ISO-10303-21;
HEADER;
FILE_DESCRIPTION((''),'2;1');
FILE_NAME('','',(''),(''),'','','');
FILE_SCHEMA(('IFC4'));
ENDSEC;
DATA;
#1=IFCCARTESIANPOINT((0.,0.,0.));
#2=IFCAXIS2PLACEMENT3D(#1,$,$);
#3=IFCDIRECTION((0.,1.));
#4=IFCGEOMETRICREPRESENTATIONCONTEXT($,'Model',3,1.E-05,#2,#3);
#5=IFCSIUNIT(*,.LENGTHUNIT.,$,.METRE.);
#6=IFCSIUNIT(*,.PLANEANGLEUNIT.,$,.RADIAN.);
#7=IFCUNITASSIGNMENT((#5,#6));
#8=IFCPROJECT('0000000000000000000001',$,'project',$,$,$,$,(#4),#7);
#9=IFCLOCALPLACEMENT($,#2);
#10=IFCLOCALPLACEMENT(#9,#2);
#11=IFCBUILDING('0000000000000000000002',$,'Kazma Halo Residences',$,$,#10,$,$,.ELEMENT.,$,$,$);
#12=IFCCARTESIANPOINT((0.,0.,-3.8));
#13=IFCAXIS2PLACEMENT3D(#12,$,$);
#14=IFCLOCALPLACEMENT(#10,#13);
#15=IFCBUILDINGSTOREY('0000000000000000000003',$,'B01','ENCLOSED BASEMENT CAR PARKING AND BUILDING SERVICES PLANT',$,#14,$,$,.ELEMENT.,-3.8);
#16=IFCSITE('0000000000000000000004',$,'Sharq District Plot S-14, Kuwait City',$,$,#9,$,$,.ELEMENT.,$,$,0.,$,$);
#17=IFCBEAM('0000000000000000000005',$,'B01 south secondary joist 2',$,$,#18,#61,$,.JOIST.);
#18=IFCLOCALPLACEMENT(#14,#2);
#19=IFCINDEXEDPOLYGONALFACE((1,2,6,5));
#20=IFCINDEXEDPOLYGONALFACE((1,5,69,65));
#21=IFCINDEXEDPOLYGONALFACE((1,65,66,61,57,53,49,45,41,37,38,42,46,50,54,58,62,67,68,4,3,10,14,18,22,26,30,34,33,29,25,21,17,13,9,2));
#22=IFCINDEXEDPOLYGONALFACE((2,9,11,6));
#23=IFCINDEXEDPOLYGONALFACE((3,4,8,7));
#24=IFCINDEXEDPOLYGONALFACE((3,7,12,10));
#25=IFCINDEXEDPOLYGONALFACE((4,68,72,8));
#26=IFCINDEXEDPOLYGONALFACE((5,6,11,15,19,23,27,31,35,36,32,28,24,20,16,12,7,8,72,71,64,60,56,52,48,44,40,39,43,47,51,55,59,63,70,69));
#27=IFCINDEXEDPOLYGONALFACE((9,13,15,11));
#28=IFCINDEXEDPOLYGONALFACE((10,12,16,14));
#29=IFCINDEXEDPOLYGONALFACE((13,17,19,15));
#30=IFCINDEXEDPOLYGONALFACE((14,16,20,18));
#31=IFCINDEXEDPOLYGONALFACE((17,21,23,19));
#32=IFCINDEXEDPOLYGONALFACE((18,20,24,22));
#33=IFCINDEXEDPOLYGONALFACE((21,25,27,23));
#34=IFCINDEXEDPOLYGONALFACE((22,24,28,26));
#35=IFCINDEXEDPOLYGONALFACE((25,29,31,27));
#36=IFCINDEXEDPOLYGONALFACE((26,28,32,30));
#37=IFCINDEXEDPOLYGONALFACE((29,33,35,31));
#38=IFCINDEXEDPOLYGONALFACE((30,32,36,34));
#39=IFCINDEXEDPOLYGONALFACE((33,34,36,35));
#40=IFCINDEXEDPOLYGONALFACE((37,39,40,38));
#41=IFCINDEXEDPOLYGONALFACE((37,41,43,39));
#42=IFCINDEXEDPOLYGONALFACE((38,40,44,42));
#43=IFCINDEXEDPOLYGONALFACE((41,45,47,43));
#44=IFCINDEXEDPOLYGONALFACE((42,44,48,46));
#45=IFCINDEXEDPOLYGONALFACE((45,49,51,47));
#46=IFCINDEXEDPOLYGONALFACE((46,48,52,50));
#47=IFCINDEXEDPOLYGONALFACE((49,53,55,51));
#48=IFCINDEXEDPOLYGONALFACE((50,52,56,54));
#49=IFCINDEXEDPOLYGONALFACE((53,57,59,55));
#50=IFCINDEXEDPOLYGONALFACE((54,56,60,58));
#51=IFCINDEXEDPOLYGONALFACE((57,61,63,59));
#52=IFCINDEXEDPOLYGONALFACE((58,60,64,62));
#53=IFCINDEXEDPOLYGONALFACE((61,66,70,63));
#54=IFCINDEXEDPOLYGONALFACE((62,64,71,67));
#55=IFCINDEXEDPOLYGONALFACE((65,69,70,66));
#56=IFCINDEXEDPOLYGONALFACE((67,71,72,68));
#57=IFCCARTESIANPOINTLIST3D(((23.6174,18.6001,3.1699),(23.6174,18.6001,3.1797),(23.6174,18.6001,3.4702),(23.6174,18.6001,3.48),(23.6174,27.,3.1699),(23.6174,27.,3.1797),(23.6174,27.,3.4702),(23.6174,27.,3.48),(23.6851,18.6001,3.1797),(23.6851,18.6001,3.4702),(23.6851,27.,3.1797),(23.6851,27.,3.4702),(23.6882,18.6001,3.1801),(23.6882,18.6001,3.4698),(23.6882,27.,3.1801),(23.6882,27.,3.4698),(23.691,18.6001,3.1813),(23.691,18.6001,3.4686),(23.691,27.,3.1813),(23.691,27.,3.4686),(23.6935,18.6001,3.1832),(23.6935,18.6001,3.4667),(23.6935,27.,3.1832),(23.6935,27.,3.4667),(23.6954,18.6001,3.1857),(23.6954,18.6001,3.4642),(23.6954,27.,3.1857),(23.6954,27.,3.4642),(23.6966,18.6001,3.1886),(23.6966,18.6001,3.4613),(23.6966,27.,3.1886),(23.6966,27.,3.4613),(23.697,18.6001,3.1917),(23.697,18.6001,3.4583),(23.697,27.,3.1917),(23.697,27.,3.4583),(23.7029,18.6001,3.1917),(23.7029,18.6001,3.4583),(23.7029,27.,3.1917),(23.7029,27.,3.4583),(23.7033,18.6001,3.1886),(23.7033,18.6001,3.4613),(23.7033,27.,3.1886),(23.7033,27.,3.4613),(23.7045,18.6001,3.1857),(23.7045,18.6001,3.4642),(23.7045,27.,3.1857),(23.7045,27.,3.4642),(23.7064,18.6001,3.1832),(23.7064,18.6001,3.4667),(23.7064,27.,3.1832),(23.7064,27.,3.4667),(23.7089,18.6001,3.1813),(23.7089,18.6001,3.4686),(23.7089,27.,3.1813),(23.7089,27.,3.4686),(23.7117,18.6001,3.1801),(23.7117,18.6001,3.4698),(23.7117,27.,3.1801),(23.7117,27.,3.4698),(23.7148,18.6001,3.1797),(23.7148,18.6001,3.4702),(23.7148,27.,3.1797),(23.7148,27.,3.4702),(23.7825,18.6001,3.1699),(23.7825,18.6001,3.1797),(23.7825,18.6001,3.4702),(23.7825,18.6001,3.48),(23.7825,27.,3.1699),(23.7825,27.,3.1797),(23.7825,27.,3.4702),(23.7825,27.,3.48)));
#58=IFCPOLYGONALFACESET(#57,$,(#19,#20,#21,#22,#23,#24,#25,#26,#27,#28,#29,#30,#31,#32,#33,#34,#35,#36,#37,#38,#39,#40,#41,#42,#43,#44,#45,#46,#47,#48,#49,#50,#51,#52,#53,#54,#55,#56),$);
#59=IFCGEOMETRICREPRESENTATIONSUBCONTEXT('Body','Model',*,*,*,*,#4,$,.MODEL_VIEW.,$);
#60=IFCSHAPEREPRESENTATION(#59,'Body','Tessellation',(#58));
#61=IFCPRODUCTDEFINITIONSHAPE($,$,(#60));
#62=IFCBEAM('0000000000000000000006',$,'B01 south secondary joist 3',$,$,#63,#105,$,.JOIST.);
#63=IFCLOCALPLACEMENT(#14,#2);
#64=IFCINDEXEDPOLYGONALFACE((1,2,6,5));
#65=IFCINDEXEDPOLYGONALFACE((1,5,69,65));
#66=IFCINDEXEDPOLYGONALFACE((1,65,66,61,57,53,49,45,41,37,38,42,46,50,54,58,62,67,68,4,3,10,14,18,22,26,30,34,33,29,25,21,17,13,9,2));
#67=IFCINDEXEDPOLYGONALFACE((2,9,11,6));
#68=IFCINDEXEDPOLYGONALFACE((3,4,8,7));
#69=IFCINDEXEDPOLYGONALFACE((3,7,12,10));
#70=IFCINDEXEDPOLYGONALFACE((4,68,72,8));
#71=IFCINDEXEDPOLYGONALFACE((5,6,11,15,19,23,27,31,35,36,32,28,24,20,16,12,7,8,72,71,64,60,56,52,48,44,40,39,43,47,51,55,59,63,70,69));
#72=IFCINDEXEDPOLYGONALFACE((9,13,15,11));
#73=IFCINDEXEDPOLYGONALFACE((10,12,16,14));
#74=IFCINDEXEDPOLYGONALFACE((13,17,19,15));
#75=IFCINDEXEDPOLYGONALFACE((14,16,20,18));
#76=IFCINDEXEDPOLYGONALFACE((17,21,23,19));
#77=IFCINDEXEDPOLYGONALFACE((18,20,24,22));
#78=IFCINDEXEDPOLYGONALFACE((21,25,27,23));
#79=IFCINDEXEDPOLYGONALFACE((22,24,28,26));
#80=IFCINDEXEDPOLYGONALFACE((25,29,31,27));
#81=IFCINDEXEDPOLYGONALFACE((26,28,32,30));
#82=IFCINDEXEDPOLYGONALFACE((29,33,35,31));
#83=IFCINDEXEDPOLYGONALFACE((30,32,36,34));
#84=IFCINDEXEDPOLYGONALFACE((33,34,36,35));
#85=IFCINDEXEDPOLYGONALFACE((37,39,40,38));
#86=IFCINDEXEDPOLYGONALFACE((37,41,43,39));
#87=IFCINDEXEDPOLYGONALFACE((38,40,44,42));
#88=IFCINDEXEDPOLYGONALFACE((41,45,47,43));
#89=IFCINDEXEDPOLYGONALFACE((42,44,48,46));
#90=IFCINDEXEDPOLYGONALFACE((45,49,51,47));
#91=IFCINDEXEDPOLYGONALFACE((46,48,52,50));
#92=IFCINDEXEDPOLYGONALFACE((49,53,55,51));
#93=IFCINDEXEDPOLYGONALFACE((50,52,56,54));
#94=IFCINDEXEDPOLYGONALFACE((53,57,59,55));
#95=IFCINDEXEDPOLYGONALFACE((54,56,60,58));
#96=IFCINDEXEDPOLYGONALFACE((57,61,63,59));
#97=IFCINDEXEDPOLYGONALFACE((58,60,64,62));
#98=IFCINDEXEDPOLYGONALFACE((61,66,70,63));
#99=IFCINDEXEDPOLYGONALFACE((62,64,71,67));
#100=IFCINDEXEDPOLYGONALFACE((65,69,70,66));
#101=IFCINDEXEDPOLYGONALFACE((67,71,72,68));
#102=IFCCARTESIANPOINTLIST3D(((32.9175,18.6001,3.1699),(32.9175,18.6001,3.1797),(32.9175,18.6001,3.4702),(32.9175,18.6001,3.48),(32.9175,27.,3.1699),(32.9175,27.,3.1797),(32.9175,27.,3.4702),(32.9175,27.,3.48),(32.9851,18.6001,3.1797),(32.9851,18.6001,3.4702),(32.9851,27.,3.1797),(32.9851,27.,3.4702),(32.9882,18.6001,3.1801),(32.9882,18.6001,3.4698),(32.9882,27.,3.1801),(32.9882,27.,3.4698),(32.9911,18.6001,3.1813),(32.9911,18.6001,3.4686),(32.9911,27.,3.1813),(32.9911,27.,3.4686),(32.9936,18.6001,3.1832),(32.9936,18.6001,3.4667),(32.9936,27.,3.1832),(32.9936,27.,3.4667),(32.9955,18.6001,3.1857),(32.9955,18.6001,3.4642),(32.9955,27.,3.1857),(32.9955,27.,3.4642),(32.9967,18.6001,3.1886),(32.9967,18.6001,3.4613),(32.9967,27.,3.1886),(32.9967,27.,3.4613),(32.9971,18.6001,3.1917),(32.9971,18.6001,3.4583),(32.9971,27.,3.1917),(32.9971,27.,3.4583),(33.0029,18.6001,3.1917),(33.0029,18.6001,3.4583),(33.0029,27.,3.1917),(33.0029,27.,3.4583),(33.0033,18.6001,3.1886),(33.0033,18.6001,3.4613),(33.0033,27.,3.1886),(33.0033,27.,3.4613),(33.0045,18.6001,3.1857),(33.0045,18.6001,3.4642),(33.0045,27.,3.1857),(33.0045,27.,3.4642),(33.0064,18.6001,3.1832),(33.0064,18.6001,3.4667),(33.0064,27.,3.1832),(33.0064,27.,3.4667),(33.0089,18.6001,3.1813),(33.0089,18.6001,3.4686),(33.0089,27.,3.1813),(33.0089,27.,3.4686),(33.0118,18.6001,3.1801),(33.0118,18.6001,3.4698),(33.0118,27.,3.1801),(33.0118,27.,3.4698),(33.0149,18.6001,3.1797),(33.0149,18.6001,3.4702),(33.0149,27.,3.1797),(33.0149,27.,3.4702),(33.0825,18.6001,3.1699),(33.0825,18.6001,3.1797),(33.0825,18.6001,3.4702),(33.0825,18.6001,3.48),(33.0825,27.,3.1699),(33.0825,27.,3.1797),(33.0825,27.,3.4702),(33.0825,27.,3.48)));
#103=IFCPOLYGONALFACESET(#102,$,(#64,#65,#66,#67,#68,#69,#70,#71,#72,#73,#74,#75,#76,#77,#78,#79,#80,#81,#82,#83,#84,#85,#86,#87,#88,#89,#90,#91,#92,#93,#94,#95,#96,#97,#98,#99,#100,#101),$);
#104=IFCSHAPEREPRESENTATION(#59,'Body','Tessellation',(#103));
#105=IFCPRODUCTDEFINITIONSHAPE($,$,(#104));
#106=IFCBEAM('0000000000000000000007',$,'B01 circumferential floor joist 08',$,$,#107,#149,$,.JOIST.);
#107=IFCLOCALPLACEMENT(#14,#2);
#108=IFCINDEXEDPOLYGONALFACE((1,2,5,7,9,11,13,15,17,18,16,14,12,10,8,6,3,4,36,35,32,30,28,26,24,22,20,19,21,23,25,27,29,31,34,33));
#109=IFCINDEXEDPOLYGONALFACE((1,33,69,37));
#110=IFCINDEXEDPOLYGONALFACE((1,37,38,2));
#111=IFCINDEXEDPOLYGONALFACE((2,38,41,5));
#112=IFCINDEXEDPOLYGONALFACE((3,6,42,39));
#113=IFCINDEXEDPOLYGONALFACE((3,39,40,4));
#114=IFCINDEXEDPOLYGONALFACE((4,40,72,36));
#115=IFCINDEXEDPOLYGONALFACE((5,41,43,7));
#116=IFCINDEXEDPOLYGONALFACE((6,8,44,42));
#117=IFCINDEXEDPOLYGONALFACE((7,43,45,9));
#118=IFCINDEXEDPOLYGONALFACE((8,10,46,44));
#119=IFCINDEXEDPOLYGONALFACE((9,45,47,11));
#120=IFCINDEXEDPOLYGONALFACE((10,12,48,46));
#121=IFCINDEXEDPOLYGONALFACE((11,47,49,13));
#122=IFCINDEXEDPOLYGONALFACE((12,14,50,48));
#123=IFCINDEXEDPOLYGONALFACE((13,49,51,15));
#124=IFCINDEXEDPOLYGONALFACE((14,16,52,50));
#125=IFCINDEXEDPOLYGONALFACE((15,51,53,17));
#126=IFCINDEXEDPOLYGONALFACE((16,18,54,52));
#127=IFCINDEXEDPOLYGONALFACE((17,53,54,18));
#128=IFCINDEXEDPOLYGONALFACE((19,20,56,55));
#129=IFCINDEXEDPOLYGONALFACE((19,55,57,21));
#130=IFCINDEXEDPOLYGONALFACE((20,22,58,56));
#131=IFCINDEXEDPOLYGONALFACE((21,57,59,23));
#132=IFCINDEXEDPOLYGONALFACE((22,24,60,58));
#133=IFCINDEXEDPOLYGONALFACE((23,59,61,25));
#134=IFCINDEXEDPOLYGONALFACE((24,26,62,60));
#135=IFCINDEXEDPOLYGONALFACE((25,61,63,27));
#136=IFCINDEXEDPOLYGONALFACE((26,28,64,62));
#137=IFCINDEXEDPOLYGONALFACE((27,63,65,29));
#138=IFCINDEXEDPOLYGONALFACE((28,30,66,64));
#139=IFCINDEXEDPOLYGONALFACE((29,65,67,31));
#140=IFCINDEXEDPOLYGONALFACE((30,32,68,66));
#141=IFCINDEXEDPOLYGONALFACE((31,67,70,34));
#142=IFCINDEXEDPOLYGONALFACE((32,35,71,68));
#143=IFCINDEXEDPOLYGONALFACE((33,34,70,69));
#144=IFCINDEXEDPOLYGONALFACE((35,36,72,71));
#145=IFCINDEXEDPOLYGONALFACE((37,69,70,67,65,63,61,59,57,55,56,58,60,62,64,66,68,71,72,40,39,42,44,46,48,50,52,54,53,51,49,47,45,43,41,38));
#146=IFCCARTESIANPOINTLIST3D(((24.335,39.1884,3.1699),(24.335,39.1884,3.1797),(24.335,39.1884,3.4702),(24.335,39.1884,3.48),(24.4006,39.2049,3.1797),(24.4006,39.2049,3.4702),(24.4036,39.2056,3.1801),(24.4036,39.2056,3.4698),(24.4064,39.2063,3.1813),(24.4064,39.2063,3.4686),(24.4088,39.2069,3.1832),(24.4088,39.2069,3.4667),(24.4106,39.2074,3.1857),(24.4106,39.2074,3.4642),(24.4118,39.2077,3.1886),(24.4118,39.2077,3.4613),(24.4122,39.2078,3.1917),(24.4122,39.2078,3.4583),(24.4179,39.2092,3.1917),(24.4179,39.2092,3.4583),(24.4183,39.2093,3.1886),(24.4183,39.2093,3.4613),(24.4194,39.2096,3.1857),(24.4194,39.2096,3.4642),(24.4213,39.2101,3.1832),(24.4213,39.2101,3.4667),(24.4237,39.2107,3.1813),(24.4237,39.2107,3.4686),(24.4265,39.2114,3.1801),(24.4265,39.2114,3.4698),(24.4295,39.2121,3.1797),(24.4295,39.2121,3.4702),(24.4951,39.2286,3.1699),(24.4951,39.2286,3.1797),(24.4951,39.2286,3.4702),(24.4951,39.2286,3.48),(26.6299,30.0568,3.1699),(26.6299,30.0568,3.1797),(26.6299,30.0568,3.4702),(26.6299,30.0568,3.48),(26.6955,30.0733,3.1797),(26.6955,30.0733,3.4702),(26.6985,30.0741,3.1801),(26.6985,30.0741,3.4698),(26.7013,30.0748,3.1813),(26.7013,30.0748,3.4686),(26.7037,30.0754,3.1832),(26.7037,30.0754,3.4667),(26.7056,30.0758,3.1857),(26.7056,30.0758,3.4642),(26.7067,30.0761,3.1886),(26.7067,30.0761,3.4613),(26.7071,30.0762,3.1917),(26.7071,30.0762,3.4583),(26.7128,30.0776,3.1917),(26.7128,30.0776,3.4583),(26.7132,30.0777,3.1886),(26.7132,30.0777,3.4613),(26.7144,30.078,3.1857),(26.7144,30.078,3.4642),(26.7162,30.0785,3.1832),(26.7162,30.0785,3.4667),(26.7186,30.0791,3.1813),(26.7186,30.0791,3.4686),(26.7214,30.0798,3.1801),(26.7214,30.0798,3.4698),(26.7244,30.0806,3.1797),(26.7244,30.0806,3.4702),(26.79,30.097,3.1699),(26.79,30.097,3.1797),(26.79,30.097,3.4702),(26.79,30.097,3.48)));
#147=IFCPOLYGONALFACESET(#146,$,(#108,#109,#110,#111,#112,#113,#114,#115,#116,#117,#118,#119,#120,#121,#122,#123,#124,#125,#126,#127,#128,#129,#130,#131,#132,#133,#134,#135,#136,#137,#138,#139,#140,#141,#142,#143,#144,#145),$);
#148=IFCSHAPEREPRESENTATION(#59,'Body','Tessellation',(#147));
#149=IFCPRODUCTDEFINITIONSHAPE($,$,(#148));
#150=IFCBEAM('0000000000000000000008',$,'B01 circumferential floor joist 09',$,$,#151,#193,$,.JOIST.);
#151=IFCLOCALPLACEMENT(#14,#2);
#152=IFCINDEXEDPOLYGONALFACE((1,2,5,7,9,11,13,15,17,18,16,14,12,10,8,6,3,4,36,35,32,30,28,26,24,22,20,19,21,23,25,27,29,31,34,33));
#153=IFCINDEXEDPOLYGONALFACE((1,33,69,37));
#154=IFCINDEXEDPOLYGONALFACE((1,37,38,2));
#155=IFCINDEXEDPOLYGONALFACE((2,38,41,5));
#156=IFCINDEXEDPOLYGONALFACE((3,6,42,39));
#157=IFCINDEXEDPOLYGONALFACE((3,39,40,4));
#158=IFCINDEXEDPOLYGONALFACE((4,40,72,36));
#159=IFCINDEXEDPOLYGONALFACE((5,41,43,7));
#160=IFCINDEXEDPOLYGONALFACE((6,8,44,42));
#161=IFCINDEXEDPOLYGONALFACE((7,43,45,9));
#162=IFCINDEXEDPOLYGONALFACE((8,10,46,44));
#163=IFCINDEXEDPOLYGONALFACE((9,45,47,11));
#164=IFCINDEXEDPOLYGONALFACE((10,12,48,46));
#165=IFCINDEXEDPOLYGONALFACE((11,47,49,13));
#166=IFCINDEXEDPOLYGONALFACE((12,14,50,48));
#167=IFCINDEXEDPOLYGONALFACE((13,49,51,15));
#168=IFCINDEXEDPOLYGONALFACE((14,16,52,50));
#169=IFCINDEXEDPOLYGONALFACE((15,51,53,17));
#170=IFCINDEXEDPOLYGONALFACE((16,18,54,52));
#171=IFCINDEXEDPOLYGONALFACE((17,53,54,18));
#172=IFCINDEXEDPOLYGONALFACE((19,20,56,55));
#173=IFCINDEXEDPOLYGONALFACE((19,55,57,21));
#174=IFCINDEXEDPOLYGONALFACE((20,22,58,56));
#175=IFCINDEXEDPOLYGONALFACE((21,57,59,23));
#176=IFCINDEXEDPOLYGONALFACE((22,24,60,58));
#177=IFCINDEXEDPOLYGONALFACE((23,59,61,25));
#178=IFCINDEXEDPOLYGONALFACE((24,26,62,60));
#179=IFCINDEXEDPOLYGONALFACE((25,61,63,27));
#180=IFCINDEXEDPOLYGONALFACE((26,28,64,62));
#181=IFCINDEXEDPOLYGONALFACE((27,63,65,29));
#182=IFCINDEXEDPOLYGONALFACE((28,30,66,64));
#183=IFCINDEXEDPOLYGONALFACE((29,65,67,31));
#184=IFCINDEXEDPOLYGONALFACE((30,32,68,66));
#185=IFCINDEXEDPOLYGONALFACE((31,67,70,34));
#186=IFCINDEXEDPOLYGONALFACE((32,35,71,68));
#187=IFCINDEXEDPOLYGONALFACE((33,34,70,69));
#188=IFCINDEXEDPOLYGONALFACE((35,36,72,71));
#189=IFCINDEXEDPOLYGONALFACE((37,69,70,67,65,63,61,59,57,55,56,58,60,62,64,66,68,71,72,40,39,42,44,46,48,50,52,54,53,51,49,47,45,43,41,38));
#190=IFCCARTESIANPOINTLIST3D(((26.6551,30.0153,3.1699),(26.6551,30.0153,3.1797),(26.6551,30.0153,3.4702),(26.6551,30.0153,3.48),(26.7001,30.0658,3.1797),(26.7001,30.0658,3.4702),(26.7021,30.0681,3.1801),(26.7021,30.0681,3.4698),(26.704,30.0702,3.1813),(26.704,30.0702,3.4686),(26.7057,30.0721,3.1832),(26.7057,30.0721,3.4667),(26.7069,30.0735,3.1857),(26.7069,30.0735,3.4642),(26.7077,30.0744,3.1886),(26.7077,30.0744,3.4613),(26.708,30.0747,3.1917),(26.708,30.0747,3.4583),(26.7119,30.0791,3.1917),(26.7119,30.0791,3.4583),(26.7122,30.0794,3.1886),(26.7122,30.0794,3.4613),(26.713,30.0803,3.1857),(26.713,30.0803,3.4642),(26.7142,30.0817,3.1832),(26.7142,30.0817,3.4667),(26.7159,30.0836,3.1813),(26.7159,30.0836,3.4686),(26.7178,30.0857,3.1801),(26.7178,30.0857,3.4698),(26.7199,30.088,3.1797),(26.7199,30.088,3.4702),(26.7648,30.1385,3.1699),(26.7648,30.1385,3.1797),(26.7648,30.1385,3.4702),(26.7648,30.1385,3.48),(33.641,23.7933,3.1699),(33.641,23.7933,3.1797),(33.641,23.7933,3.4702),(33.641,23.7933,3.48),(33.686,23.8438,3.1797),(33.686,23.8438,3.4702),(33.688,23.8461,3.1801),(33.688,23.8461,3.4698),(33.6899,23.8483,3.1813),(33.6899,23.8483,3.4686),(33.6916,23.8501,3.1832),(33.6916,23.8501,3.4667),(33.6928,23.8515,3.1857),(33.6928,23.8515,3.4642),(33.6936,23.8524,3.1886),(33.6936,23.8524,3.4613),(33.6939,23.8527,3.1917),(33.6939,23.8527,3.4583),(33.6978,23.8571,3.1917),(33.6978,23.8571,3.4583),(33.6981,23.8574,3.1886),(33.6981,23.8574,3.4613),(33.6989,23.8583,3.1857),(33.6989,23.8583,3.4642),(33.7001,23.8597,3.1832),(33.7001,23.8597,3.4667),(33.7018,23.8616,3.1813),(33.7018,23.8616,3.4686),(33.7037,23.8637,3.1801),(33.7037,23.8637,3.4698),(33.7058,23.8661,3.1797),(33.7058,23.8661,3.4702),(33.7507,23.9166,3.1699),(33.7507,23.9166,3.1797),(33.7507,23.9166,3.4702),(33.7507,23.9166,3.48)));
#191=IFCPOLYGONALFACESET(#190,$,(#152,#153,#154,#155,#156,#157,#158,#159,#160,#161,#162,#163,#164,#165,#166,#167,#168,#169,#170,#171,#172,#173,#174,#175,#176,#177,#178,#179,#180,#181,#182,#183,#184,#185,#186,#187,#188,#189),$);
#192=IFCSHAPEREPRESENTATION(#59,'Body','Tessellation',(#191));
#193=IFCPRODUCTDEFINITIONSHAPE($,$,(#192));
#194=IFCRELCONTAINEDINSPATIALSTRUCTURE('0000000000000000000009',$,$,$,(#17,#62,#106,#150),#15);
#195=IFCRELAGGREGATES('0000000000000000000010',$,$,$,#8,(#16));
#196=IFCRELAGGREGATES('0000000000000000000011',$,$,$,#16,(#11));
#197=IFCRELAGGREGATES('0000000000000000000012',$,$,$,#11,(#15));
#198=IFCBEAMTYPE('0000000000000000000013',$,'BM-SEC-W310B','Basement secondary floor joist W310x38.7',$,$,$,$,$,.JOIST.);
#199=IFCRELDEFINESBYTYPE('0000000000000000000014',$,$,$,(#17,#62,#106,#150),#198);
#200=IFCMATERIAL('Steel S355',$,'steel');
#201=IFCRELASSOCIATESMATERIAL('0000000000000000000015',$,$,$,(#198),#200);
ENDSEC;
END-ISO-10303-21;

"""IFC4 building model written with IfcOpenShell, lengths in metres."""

from ifc_helpers import new_model, si_unit, direction, frame, origin, origin_2d, place, context, subcontext, project, spatial, i_section, extrude, material, material_profile, profile_set, type_object, element, save


model = new_model("IFC4")

# Units and contexts
model_context = context("Model", 3, precision=1e-05, world=origin(), true_north=direction((0.0, 1.0)))
body_context = subcontext(model_context, "Body", "Model", "MODEL_VIEW")
ifc_project = project(units=[si_unit("LENGTHUNIT", "METRE"), si_unit("PLANEANGLEUNIT", "RADIAN")], contexts=[model_context])

# Site, building, storey
site_placement = place(None, origin())
site = spatial("IfcSite", under=ifc_project, at=site_placement, Name="Sharq District Plot S-14, Kuwait City", CompositionType="ELEMENT", RefElevation=0.0)
building_placement = place(site_placement, origin())
building = spatial("IfcBuilding", under=site, at=building_placement, Name="Kazma Halo Residences", CompositionType="ELEMENT")
storey_placement = place(building_placement, frame((0.0, 0.0, -3.8)))
storey = spatial("IfcBuildingStorey", under=building, at=storey_placement, Name="B01", Description="ENCLOSED BASEMENT CAR PARKING AND BUILDING SERVICES PLANT", CompositionType="ELEMENT", Elevation=-3.8)

# Beams
ifc_material_1 = material(Name="Steel S355", Category="steel")
ifc_material_profile_1 = material_profile(ifc_material_1, i_section(OverallWidth=0.165, OverallDepth=0.3101, WebThickness=0.0059, FlangeThickness=0.0098, FilletRadius=0.012, at=origin_2d()), Name="W310x38.7")
ifc_profile_set_1 = profile_set([ifc_material_profile_1], Name="Steel S355")
beam_type_1 = type_object("IfcBeamType", Name="BM-SEC-W310B", Description="Basement secondary floor joist W310x38.7", PredefinedType="JOIST", material=ifc_profile_set_1)
for number, where, z_axis, x_axis, name in (
    (1, (23.7, 18.6001, 3.325), (0.0, 1.0, 0.0), (-1.0, 0.0, 0.0), "B01 south secondary joist 2"),
    (2, (33.0, 18.6001, 3.325), (0.0, 1.0, 0.0), (-1.0, 0.0, 0.0), "B01 south secondary joist 3"),
):
    element("IfcBeam", number, at=place(storey_placement, frame(where, z_axis=z_axis, x_axis=x_axis)), inside=storey, type_object=beam_type_1, Name=name, PredefinedType="JOIST", context=body_context, shape_type="SweptSolid", body=[
        extrude(i_section(OverallWidth=0.165, OverallDepth=0.3101, WebThickness=0.0059, FlangeThickness=0.0098, FilletRadius=0.012, at=origin_2d()), origin(), (0.0, 0.0, 1.0), 8.3999),
    ])
beam_1_placement = place(storey_placement, frame((24.415, 39.2085, 3.325), z_axis=(0.243737, -0.969841, 0.0), x_axis=(0.969841, 0.243737, 0.0)))
element("IfcBeam", 3, at=beam_1_placement, inside=storey, type_object=beam_type_1, Name="B01 circumferential floor joist 08", PredefinedType="JOIST", context=body_context, shape_type="SweptSolid", body=[
    extrude(i_section(OverallWidth=0.165, OverallDepth=0.3101, WebThickness=0.0059, FlangeThickness=0.0098, FilletRadius=0.012, at=origin_2d()), origin(), (0.0, 0.0, 1.0), 9.4155),
])
beam_2_placement = place(storey_placement, frame((26.71, 30.0769, 3.325), z_axis=(0.746757, -0.665097, 0.0), x_axis=(0.665097, 0.746757, 0.0)))
element("IfcBeam", 4, at=beam_2_placement, inside=storey, type_object=beam_type_1, Name="B01 circumferential floor joist 09", PredefinedType="JOIST", context=body_context, shape_type="SweptSolid", body=[
    extrude(i_section(OverallWidth=0.165, OverallDepth=0.3101, WebThickness=0.0059, FlangeThickness=0.0098, FilletRadius=0.012, at=origin_2d()), origin(), (0.0, 0.0, 1.0), 9.355),
])

save(model, "model.ifc")
